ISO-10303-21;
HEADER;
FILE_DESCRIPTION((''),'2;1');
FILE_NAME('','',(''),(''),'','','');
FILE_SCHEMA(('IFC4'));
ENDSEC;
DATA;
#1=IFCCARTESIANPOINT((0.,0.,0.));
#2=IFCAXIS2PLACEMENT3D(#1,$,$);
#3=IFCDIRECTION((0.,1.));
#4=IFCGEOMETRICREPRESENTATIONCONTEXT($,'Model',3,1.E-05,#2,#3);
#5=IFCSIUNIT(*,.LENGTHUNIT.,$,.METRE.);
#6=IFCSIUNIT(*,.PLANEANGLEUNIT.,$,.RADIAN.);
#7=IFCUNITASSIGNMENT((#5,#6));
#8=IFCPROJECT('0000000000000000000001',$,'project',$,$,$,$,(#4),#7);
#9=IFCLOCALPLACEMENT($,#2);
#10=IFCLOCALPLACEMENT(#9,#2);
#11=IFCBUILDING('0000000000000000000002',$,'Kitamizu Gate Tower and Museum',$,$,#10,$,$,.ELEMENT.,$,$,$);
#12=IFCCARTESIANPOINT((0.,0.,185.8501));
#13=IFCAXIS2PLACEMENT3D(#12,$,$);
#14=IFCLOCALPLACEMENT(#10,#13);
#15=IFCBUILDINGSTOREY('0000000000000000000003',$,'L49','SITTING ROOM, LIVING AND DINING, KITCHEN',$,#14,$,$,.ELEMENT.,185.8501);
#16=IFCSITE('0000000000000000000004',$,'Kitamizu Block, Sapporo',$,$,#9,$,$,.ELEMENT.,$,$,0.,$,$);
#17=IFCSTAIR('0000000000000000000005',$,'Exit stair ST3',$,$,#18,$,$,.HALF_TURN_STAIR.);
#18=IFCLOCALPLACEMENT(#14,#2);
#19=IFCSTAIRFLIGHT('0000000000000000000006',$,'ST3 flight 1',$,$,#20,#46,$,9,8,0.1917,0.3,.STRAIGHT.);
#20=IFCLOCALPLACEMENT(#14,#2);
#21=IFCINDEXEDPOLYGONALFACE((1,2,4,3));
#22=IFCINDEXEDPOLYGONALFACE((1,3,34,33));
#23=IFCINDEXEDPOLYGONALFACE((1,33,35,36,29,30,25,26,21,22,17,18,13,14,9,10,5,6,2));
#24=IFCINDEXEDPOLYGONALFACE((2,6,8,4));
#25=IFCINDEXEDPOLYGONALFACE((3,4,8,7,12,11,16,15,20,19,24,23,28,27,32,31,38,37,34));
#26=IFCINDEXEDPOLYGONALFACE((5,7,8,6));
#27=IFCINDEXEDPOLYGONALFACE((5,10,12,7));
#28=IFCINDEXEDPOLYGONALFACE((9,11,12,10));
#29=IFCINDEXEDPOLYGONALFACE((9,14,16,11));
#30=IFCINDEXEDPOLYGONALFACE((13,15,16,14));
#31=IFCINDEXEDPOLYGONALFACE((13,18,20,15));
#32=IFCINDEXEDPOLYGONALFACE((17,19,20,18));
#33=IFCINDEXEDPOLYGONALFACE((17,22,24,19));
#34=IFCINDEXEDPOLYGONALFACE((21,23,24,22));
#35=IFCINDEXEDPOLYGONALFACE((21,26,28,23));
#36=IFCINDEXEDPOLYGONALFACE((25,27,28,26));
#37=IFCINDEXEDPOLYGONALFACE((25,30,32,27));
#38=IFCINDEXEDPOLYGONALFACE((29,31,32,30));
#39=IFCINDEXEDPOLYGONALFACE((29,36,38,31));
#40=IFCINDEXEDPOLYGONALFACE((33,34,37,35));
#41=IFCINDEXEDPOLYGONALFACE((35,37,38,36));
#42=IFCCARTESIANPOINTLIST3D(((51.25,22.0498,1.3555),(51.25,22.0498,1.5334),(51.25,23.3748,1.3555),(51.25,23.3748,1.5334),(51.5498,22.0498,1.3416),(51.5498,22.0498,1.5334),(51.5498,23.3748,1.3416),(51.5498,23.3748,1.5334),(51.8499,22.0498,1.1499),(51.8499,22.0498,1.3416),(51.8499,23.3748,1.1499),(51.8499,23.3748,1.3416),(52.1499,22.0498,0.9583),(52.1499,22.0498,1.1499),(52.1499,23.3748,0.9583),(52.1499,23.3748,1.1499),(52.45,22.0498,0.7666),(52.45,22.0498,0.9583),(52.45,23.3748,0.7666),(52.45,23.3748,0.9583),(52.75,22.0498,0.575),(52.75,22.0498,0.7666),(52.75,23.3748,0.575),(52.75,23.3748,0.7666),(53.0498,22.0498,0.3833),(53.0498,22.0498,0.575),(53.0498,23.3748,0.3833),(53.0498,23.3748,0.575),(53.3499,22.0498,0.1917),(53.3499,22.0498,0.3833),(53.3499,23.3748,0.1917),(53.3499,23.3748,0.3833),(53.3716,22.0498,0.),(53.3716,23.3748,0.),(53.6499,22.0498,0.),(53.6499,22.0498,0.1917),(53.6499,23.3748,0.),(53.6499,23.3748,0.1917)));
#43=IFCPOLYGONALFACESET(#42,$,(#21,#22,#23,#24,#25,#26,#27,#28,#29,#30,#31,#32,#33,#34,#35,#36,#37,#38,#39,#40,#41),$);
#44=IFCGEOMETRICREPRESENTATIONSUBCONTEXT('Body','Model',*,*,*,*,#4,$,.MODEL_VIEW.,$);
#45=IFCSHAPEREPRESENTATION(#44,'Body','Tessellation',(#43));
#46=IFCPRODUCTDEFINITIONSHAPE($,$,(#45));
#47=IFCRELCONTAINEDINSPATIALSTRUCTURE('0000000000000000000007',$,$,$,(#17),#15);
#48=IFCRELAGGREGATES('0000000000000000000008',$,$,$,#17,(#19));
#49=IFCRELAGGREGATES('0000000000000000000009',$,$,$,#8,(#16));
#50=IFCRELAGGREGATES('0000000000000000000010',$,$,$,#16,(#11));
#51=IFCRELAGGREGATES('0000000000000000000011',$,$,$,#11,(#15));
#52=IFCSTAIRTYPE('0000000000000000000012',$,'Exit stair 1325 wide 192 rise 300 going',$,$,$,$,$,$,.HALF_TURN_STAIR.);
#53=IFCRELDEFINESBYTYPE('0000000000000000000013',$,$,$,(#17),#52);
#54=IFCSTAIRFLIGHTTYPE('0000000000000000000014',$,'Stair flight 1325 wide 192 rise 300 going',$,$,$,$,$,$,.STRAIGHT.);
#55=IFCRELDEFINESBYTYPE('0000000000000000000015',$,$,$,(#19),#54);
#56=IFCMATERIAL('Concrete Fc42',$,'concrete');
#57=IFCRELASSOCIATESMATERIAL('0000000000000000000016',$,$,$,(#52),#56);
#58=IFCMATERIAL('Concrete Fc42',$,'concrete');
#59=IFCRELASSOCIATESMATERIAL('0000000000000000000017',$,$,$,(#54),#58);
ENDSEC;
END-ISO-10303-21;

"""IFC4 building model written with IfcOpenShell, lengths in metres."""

from ifc_helpers import new_model, si_unit, direction, frame, origin, place, context, subcontext, project, spatial, polyline, outline, extrude, material, type_object, element, aggregate, save


model = new_model("IFC4")

# Units and contexts
model_context = context("Model", 3, precision=1e-05, world=origin(), true_north=direction((0.0, 1.0)))
body_context = subcontext(model_context, "Body", "Model", "MODEL_VIEW")
ifc_project = project(units=[si_unit("LENGTHUNIT", "METRE"), si_unit("PLANEANGLEUNIT", "RADIAN")], contexts=[model_context])

# Site, building, storey
site_placement = place(None, origin())
site = spatial("IfcSite", under=ifc_project, at=site_placement, Name="Kitamizu Block, Sapporo", CompositionType="ELEMENT", RefElevation=0.0)
building_placement = place(site_placement, origin())
building = spatial("IfcBuilding", under=site, at=building_placement, Name="Kitamizu Gate Tower and Museum", CompositionType="ELEMENT")
storey_placement = place(building_placement, frame((0.0, 0.0, 185.8501)))
storey = spatial("IfcBuildingStorey", under=building, at=storey_placement, Name="L49", Description="SITTING ROOM, LIVING AND DINING, KITCHEN", CompositionType="ELEMENT", Elevation=185.8501)

# Stair, stair flight
ifc_material_1 = material(Name="Concrete Fc42", Category="concrete")
stair_type = type_object("IfcStairType", Name="Exit stair 1325 wide 192 rise 300 going", PredefinedType="HALF_TURN_STAIR", material=ifc_material_1)
stair_placement = place(storey_placement, origin())
stair = element("IfcStair", 1, at=stair_placement, inside=storey, type_object=stair_type, Name="Exit stair ST3", PredefinedType="HALF_TURN_STAIR")
ifc_material_2 = material(Name="Concrete Fc42", Category="concrete")
stair_flight_type = type_object("IfcStairFlightType", Name="Stair flight 1325 wide 192 rise 300 going", PredefinedType="STRAIGHT", material=ifc_material_2)
stair_flight_placement = place(storey_placement, frame((53.6499, 22.7124, 0.0), z_axis=(0.0, 0.0, 1.0), x_axis=(-1.0, 0.0, 0.0)))
stair_flight = element("IfcStairFlight", 2, at=stair_flight_placement, type_object=stair_flight_type, Name="ST3 flight 1", NumberOfRisers=9, NumberOfTreads=8, PredefinedType="STRAIGHT", RiserHeight=0.1917, TreadLength=0.3, context=body_context, shape_type="SweptSolid", body=[
    extrude(outline(polyline([(0.0, 0.0), (0.0, 0.1917), (0.3, 0.1917), (0.3, 0.3833), (0.6001, 0.3833), (0.6001, 0.575), (0.8999, 0.575), (0.8999, 0.7666), (1.2, 0.7666), (1.2, 0.9583), (1.5, 0.9583), (1.5, 1.1499), (1.8, 1.1499), (1.8, 1.3416), (2.1001, 1.3416), (2.1001, 1.5334), (2.3999, 1.5334), (2.3999, 1.7251), (2.3999, 1.3555), (0.2783, 0.0), (0.0, 0.0)])), frame((0.0, 0.6626, 0.0), z_axis=(0.0, -1.0, 0.0), x_axis=(1.0, 0.0, 0.0)), (0.0, 0.0, 1.0), 1.325),
])
aggregate(stair, [stair_flight])

save(model, "model.ifc")
